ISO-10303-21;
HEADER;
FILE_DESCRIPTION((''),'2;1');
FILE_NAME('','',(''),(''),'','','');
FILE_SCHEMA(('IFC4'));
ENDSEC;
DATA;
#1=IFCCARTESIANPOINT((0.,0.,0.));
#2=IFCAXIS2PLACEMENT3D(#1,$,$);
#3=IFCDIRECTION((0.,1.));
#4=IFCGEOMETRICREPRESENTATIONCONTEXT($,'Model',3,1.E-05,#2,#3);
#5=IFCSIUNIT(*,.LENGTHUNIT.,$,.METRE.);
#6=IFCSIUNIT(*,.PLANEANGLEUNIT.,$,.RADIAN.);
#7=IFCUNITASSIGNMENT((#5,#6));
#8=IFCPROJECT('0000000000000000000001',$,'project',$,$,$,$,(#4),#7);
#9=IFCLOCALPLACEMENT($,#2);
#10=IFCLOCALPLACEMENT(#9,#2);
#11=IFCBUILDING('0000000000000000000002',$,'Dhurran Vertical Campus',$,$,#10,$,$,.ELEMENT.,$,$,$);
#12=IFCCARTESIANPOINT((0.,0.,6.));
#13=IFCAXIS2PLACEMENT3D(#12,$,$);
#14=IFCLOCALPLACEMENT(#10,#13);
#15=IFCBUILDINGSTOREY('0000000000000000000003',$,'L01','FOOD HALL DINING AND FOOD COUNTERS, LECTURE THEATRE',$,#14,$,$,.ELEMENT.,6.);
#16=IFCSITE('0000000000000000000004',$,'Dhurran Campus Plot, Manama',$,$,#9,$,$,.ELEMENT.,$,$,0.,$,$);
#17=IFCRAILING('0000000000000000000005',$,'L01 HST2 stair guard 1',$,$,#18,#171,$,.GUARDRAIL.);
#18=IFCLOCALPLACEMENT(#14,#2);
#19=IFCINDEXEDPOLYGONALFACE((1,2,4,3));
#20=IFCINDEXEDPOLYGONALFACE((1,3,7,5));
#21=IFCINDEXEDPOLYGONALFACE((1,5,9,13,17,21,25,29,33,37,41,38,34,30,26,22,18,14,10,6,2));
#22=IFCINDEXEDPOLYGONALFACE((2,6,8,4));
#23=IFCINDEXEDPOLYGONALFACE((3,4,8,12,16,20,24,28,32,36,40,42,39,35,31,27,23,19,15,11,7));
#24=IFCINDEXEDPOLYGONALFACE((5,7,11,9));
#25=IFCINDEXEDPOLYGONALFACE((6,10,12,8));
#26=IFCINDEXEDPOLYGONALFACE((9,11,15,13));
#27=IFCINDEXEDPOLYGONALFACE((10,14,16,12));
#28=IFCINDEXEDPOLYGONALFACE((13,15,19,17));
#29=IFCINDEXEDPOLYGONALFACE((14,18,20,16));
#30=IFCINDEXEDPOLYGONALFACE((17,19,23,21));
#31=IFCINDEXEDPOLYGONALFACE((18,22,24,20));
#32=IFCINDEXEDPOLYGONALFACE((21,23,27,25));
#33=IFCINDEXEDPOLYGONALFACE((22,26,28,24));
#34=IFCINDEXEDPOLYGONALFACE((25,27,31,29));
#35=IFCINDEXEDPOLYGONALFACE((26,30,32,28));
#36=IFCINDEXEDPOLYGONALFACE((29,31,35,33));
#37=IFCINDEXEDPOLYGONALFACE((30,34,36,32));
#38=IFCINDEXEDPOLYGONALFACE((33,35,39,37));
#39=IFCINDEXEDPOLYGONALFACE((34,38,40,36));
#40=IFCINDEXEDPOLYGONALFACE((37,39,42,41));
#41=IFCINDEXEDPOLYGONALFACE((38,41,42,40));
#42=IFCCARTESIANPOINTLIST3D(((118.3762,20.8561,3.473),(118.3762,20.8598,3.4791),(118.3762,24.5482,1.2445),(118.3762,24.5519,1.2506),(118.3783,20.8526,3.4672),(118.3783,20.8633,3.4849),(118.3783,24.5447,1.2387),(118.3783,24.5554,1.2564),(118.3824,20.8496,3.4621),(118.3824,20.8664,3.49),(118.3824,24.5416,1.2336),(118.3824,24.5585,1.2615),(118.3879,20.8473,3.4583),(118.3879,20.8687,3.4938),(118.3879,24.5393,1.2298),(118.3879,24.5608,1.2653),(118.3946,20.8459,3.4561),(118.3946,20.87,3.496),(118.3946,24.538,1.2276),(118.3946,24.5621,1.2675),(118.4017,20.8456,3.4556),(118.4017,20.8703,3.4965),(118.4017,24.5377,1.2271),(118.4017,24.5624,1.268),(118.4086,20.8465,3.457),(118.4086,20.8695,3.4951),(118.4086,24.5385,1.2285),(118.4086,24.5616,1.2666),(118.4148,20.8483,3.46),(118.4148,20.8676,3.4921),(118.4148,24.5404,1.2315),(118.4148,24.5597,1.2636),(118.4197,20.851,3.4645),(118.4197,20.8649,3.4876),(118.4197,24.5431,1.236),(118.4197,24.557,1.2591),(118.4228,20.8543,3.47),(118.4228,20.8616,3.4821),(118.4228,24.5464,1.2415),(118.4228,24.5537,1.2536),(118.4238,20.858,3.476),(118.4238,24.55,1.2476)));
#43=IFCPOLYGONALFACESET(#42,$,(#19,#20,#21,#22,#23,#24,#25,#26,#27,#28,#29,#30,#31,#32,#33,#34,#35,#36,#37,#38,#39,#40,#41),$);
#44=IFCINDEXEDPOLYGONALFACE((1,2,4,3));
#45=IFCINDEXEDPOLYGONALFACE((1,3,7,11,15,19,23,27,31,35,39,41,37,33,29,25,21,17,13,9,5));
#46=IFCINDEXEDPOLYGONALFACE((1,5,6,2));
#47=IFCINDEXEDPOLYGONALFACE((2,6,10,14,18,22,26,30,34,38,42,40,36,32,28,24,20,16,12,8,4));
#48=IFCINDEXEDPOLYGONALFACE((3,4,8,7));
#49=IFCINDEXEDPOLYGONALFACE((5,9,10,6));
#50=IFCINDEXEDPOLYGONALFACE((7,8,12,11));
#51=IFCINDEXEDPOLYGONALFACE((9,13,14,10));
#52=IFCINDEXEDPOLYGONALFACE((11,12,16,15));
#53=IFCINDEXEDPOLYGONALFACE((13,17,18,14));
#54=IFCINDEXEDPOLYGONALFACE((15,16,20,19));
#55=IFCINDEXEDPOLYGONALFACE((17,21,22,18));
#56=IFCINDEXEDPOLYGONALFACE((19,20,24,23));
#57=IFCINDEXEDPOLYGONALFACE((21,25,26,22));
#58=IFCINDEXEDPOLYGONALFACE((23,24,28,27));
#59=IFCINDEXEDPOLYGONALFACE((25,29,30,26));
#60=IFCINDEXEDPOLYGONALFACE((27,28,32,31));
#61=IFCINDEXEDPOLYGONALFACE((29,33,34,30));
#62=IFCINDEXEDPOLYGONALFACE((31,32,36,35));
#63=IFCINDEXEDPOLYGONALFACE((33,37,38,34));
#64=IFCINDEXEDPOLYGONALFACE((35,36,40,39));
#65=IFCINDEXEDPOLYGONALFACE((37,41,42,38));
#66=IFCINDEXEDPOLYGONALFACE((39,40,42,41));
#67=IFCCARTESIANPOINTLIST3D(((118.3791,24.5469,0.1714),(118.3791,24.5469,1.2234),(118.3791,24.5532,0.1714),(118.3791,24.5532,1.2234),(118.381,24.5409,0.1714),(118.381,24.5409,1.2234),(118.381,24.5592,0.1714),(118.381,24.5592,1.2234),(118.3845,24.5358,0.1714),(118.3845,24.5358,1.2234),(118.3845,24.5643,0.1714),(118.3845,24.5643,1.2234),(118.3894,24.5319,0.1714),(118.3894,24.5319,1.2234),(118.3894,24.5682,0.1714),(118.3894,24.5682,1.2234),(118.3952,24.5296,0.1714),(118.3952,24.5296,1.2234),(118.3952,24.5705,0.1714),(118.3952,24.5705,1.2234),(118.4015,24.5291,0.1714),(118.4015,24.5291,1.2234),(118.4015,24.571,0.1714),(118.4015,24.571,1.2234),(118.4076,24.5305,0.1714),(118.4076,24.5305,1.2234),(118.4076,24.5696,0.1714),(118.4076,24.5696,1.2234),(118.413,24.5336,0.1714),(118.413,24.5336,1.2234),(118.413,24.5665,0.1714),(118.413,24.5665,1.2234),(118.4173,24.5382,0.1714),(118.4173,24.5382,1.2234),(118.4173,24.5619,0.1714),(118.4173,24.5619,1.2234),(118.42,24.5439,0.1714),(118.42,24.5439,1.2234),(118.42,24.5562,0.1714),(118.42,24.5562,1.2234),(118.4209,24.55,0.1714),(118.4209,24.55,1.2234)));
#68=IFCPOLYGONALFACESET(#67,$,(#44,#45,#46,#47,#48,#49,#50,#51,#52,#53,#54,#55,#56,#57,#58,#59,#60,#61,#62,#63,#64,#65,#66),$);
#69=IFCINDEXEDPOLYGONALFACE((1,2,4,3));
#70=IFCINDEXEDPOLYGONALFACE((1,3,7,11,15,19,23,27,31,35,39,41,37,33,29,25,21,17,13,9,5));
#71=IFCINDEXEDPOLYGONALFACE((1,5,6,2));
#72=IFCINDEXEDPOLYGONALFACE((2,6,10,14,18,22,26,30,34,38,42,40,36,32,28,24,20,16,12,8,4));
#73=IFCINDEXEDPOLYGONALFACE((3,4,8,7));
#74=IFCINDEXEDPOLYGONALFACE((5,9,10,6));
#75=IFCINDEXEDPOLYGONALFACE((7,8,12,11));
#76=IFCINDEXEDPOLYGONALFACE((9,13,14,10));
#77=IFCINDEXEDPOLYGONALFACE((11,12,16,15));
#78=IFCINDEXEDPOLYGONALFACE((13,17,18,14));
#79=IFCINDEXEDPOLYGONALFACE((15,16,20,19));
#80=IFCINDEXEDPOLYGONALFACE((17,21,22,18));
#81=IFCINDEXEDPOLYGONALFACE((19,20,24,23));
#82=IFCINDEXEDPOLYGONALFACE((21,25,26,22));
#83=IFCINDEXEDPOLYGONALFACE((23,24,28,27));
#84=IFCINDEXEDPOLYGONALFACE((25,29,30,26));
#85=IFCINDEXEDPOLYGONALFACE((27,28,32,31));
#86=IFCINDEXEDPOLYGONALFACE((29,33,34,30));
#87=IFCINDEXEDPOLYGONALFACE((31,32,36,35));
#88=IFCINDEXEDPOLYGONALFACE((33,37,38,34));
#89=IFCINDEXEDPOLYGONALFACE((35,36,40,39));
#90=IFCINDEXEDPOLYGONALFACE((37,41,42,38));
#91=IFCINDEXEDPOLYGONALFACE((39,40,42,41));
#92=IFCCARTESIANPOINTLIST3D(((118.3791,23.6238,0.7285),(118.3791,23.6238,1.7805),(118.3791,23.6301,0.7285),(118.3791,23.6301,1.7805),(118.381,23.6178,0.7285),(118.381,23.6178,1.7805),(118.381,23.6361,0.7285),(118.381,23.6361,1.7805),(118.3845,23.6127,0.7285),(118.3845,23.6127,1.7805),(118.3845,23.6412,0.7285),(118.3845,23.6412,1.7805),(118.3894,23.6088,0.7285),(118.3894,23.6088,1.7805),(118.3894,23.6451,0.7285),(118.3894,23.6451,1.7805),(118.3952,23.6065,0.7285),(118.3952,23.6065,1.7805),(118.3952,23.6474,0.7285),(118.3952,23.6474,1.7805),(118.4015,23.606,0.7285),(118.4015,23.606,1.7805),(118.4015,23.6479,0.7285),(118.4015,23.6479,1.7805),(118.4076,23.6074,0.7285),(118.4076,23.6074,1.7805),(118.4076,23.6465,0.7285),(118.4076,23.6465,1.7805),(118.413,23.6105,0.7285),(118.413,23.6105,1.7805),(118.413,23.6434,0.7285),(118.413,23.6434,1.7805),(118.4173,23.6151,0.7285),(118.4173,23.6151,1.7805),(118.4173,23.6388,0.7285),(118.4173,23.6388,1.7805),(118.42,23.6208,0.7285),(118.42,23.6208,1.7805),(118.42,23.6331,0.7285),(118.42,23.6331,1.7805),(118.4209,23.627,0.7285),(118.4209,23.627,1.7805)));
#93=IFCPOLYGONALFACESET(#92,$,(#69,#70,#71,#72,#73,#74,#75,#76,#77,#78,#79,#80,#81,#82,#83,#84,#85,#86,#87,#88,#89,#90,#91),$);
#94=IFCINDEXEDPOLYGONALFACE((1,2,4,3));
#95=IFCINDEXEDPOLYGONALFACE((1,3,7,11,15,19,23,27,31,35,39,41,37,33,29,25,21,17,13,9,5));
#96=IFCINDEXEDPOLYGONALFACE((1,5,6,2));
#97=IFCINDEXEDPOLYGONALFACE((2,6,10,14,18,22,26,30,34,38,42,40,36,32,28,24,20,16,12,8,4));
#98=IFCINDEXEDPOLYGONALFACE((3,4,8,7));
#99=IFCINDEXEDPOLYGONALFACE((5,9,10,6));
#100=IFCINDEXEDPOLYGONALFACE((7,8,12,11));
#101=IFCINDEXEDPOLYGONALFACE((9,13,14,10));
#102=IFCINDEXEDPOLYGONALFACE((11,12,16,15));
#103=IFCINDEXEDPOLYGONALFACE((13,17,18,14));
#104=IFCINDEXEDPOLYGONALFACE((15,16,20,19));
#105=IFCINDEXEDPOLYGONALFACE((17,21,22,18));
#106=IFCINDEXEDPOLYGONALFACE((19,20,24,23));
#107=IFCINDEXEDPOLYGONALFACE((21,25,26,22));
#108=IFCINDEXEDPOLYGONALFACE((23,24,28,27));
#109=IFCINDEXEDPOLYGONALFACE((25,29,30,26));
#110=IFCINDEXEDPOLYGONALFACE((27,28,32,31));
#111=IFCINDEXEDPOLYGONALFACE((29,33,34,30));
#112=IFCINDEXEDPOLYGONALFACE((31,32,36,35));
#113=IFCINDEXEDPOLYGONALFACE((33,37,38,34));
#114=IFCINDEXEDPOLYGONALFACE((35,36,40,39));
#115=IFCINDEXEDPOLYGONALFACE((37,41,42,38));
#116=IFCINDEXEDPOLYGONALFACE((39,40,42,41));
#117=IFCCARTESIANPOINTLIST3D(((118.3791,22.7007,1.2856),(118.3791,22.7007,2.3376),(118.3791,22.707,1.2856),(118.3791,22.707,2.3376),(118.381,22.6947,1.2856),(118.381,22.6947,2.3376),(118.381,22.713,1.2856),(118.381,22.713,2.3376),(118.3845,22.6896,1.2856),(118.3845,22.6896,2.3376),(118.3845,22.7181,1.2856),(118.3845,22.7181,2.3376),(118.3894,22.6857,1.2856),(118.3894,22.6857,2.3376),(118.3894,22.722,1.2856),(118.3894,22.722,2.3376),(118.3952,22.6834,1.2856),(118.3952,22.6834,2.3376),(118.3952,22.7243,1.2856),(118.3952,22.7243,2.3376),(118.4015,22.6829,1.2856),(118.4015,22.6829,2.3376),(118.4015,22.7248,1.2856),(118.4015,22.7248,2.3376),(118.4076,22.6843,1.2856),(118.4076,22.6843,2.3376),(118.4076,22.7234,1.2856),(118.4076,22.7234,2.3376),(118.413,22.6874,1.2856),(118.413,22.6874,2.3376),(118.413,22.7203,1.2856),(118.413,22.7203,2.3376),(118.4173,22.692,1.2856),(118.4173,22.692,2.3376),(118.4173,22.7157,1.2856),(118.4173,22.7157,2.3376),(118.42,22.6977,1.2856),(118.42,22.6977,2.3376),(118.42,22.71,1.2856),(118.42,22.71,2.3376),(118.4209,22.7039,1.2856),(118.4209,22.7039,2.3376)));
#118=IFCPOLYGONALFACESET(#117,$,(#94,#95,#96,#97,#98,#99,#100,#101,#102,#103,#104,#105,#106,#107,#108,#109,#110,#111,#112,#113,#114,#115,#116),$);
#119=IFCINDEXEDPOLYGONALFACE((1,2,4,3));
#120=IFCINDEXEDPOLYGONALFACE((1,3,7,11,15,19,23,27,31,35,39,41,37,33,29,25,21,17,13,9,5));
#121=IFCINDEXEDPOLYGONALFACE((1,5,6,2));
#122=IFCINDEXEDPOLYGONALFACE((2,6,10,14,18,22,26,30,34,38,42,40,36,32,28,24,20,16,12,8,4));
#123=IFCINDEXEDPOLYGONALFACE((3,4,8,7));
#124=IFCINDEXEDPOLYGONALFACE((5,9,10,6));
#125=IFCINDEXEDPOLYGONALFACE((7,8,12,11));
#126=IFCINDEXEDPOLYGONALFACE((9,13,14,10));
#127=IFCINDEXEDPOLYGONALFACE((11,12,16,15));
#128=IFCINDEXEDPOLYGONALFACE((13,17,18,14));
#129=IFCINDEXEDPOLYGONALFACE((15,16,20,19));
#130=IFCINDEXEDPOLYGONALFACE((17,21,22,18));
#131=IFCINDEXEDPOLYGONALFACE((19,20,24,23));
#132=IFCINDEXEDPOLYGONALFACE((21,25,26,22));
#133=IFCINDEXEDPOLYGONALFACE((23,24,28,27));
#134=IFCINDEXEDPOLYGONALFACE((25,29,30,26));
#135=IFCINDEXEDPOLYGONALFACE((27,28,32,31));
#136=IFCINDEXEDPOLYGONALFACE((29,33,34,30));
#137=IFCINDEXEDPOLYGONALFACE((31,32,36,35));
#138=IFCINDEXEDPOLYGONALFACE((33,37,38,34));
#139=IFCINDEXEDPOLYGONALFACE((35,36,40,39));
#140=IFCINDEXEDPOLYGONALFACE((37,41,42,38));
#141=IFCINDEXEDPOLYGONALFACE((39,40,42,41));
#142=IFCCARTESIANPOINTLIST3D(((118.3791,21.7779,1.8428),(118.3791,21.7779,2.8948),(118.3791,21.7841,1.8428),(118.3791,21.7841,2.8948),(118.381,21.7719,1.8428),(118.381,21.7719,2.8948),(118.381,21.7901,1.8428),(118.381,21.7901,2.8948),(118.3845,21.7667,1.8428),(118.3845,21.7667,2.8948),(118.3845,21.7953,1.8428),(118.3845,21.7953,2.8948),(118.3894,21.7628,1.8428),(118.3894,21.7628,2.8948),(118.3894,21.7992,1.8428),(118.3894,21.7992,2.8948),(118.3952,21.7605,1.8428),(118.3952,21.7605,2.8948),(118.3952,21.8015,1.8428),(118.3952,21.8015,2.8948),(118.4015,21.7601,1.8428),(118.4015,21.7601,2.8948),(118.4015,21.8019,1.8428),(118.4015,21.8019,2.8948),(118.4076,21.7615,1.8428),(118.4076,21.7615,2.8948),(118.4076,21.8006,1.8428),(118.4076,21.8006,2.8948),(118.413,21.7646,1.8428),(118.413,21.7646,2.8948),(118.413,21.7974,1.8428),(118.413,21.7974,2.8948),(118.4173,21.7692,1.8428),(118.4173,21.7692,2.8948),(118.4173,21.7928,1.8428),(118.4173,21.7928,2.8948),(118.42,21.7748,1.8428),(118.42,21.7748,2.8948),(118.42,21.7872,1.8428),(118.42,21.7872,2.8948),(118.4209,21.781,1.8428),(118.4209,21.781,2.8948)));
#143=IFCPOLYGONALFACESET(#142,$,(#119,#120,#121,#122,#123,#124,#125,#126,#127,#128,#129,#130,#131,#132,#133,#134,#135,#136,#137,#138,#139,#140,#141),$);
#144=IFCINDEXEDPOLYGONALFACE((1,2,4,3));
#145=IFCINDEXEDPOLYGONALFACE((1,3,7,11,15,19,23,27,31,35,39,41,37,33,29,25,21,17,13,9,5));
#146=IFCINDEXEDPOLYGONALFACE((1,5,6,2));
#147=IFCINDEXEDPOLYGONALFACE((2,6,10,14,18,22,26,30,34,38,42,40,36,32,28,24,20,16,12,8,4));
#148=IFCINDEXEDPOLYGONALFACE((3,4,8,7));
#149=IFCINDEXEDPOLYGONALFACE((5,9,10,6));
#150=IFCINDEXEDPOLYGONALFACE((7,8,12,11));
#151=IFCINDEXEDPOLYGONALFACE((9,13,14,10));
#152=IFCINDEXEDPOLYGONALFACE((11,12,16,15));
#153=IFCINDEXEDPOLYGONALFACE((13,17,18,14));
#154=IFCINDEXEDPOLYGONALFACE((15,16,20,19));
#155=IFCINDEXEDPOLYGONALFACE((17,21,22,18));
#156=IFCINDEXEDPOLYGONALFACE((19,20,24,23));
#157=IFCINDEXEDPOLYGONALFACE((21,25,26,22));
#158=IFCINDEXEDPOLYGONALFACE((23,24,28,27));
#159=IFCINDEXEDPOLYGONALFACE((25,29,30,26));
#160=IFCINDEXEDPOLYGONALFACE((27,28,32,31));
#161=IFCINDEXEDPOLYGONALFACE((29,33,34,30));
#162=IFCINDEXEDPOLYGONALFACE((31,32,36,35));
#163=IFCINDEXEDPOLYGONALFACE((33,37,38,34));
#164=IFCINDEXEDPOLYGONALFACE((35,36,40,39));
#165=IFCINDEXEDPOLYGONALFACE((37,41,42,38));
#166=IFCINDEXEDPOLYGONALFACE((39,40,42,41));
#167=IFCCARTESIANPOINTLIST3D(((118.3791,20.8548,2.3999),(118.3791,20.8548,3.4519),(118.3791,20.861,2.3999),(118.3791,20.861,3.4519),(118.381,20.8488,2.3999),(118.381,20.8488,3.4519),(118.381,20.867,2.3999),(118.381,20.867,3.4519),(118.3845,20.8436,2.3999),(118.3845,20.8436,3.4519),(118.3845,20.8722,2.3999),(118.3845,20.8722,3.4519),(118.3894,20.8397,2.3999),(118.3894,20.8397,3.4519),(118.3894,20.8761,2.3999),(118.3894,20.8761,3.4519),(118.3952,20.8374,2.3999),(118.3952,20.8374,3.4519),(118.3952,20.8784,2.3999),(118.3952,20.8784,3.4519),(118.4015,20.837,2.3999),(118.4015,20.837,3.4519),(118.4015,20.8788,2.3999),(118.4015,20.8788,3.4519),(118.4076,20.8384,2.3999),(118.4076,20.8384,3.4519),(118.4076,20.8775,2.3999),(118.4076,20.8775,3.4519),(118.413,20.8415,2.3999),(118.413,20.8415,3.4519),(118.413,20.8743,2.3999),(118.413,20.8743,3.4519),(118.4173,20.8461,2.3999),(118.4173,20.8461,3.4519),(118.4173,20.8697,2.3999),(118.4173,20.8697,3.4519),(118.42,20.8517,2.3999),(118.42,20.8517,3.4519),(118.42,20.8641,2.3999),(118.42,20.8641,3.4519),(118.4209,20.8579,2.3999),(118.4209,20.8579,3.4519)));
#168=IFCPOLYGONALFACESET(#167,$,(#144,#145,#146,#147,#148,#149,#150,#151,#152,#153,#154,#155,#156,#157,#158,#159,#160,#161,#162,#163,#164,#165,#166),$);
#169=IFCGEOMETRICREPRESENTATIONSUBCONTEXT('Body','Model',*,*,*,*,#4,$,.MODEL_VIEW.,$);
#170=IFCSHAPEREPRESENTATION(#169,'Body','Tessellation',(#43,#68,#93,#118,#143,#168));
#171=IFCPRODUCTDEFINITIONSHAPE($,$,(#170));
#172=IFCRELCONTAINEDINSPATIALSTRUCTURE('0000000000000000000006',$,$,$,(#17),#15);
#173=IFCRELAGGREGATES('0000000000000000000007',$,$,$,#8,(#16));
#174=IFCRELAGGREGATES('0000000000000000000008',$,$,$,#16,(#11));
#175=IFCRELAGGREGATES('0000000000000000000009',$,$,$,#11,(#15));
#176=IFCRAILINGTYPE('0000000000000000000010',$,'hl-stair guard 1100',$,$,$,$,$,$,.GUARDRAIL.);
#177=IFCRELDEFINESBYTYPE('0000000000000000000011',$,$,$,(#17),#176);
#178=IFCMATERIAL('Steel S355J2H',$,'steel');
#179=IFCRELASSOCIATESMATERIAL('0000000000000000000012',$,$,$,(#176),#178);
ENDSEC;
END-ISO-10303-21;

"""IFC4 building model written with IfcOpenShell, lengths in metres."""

from ifc_helpers import new_model, si_unit, direction, frame, origin, origin_2d, place, context, subcontext, project, spatial, circle, extrude, material, type_object, element, save


model = new_model("IFC4")

# Units and contexts
model_context = context("Model", 3, precision=1e-05, world=origin(), true_north=direction((0.0, 1.0)))
body_context = subcontext(model_context, "Body", "Model", "MODEL_VIEW")
ifc_project = project(units=[si_unit("LENGTHUNIT", "METRE"), si_unit("PLANEANGLEUNIT", "RADIAN")], contexts=[model_context])

# Site, building, storey
site_placement = place(None, origin())
site = spatial("IfcSite", under=ifc_project, at=site_placement, Name="Dhurran Campus Plot, Manama", CompositionType="ELEMENT", RefElevation=0.0)
building_placement = place(site_placement, origin())
building = spatial("IfcBuilding", under=site, at=building_placement, Name="Dhurran Vertical Campus", CompositionType="ELEMENT")
storey_placement = place(building_placement, frame((0.0, 0.0, 6.0)))
storey = spatial("IfcBuildingStorey", under=building, at=storey_placement, Name="L01", Description="FOOD HALL DINING AND FOOD COUNTERS, LECTURE THEATRE", CompositionType="ELEMENT", Elevation=6.0)

# Railing
ifc_material_1 = material(Name="Steel S355J2H", Category="steel")
railing_type_1 = type_object("IfcRailingType", Name="hl-stair guard 1100", PredefinedType="GUARDRAIL", material=ifc_material_1)
railing_1_placement = place(storey_placement, frame((118.3999, 24.55, 0.1714)))
element("IfcRailing", 1, at=railing_1_placement, inside=storey, type_object=railing_type_1, Name="L01 HST2 stair guard 1", PredefinedType="GUARDRAIL", context=body_context, shape_type="SweptSolid", body=[
    extrude(circle(Radius=0.0239, at=origin_2d()), frame((0.0, 0.0, 1.0762), z_axis=(0.0, -0.856136, 0.51675), x_axis=(1.0, 0.0, 0.0)), (0.0, 0.0, 1.0), 4.3125),
    extrude(circle(Radius=0.021, at=origin_2d()), origin(), (0.0, 0.0, 1.0), 1.052),
    extrude(circle(Radius=0.021, at=origin_2d()), frame((0.0, -0.9231, 0.5571)), (0.0, 0.0, 1.0), 1.052),
    extrude(circle(Radius=0.021, at=origin_2d()), frame((0.0, -1.8462, 1.1143)), (0.0, 0.0, 1.0), 1.052),
    extrude(circle(Radius=0.021, at=origin_2d()), frame((0.0, -2.769, 1.6714)), (0.0, 0.0, 1.0), 1.052),
    extrude(circle(Radius=0.021, at=origin_2d()), frame((0.0, -3.6921, 2.2285)), (0.0, 0.0, 1.0), 1.052),
])

save(model, "model.ifc")
